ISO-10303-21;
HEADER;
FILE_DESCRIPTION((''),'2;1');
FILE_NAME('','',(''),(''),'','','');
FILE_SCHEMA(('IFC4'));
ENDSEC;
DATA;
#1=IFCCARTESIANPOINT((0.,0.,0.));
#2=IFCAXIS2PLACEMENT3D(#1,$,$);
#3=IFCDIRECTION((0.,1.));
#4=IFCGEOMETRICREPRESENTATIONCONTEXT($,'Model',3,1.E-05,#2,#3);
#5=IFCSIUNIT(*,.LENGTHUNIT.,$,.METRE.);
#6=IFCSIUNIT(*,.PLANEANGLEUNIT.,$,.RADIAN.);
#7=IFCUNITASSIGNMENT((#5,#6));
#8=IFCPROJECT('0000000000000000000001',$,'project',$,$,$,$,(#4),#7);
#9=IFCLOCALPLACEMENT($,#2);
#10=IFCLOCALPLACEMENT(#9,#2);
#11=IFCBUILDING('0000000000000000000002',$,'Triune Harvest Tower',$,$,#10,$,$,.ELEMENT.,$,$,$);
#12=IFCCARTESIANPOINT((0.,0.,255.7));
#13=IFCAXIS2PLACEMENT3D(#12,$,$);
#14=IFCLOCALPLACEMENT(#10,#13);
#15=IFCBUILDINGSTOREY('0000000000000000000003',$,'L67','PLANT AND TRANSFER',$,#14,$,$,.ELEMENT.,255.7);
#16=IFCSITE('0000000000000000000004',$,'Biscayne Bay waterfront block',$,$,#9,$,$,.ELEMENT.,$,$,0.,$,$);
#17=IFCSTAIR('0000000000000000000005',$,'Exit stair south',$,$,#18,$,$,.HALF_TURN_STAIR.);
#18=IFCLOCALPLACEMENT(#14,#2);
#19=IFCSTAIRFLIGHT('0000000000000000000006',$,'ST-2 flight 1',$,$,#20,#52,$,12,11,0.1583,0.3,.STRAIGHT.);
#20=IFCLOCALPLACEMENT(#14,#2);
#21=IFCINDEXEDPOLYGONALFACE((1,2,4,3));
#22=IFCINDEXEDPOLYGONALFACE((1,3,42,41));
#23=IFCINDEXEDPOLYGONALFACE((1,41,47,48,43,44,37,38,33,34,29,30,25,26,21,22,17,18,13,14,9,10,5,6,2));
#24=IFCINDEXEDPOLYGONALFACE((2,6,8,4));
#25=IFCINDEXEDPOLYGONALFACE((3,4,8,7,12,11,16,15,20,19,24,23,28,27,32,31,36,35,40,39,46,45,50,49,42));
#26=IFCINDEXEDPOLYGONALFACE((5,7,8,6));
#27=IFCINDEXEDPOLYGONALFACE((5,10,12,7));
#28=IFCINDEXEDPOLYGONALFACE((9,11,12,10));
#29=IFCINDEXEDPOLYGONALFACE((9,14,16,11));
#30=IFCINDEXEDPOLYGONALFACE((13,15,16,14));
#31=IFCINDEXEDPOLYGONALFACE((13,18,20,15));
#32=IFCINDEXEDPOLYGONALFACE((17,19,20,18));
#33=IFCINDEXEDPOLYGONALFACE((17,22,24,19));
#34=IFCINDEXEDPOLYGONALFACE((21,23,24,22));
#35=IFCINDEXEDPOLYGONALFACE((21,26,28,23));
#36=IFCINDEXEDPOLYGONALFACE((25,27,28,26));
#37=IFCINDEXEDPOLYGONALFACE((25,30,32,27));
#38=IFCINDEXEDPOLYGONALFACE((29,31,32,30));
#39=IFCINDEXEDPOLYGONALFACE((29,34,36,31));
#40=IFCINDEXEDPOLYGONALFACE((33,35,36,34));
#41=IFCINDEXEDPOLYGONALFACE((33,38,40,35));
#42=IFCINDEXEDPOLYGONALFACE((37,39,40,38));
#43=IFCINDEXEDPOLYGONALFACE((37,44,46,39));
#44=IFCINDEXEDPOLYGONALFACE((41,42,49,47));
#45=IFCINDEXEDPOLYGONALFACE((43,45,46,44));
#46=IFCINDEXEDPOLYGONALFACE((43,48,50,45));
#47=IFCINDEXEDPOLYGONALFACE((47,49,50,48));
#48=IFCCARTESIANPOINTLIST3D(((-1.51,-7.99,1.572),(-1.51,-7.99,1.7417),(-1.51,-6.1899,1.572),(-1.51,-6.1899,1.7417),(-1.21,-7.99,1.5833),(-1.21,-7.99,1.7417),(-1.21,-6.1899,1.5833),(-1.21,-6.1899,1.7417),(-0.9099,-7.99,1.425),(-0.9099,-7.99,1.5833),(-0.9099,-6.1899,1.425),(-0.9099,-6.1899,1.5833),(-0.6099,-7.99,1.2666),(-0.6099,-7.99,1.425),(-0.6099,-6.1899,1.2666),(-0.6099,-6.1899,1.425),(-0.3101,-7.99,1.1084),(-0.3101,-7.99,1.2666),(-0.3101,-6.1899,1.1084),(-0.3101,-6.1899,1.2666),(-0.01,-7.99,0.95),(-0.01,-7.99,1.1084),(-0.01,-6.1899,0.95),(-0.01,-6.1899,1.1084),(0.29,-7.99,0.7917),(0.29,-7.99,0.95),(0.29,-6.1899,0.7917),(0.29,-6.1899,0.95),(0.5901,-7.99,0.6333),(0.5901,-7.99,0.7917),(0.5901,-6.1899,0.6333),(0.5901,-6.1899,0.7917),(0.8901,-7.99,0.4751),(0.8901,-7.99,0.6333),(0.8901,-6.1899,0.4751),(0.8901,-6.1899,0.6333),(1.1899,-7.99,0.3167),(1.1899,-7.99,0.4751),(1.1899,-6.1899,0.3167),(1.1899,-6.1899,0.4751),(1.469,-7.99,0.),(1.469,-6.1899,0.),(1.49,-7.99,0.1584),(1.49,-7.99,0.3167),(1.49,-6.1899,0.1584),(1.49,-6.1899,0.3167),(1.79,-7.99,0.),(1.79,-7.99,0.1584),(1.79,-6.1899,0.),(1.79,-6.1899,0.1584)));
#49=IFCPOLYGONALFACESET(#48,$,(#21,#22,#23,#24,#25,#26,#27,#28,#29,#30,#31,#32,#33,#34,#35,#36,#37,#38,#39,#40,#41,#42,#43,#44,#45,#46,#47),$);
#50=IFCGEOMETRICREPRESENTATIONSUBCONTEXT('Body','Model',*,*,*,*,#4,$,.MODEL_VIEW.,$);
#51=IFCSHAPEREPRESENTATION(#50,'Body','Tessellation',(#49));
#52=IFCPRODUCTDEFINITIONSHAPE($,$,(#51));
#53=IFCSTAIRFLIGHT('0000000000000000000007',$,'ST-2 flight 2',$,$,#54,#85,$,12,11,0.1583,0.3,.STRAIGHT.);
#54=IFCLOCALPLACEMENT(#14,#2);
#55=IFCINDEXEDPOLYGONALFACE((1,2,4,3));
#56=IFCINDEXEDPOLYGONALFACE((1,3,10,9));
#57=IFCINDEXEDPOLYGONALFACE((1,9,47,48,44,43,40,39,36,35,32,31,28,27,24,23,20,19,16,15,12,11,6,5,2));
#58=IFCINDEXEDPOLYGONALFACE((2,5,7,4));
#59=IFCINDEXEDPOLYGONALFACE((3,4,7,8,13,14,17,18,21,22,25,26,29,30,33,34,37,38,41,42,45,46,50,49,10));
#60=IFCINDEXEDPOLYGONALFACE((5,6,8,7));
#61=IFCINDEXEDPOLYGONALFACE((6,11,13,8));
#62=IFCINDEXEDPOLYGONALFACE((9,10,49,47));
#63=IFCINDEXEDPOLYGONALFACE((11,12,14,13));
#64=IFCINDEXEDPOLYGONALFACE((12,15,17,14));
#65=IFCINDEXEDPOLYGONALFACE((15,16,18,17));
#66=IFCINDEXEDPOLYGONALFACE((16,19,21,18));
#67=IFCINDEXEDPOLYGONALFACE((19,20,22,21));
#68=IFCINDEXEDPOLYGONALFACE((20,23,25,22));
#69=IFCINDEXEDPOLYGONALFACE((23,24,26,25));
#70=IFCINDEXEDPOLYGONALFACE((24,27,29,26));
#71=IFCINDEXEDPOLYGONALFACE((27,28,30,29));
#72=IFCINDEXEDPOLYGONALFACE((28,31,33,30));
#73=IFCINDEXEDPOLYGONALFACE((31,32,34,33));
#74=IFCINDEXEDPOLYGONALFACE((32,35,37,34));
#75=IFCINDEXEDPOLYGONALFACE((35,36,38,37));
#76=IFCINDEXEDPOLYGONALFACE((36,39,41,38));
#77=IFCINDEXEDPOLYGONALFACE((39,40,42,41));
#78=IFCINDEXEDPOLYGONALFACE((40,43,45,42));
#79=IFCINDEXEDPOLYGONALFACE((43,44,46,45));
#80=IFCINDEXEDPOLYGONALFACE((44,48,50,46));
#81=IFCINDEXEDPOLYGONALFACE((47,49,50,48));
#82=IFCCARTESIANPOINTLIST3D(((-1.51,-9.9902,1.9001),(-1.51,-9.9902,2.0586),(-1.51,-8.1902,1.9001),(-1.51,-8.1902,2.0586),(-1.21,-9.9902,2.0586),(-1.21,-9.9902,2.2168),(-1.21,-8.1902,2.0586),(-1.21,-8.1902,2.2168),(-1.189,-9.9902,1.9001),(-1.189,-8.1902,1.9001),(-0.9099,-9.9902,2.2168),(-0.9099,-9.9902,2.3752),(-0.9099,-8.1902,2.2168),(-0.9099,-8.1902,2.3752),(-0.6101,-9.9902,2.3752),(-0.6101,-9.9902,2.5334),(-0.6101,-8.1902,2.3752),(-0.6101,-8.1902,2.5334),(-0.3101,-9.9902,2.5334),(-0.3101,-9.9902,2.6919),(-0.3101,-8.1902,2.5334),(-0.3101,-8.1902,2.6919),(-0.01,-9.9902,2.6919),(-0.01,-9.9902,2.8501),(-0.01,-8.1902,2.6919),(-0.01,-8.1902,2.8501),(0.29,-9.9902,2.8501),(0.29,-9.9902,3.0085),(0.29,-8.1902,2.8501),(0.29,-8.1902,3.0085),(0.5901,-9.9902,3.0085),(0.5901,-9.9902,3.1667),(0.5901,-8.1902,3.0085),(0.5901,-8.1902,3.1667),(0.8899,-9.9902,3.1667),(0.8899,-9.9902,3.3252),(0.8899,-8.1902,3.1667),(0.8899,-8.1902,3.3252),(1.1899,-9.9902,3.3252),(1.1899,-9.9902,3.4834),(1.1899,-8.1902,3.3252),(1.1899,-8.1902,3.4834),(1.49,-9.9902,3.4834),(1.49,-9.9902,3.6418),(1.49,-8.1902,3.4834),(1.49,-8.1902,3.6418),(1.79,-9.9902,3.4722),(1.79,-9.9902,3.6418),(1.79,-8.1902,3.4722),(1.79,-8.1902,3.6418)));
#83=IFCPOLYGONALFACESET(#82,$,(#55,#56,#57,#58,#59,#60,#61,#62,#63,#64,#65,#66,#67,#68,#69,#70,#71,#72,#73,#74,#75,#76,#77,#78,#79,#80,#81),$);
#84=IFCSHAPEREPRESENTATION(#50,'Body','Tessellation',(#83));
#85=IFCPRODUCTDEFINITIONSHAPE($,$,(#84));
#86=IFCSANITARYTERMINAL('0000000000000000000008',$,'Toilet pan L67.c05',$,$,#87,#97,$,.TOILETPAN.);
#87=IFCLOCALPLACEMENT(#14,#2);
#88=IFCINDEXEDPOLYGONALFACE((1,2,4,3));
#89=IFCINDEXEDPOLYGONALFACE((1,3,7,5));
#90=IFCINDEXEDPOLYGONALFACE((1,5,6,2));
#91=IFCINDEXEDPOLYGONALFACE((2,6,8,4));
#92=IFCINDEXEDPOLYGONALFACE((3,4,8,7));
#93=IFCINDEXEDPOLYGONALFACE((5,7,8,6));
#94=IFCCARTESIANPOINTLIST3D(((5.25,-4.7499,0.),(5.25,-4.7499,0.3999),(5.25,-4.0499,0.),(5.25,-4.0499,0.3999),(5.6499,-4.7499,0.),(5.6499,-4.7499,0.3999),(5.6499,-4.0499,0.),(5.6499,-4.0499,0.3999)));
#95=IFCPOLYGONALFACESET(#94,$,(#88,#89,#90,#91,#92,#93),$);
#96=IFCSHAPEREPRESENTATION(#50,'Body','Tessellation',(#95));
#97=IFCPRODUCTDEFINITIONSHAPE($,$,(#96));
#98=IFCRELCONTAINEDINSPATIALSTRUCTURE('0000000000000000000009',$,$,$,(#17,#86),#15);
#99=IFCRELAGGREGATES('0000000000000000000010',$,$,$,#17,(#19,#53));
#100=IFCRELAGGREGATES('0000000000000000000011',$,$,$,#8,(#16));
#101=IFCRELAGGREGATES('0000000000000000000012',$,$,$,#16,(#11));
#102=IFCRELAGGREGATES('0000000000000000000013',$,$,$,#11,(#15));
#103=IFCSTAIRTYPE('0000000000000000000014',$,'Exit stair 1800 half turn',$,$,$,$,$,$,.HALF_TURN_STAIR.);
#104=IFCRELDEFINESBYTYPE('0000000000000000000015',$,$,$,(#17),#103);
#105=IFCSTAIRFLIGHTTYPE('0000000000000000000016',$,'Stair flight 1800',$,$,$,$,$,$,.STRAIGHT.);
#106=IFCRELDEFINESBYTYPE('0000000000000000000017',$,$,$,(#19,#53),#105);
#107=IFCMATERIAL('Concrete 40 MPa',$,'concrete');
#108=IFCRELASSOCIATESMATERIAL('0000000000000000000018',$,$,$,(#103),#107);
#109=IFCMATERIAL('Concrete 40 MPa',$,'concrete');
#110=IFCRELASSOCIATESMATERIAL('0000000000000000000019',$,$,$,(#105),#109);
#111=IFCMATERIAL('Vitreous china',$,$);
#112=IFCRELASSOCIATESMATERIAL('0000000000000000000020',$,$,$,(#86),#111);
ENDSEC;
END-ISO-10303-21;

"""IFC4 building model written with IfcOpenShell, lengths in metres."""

from ifc_helpers import new_model, si_unit, direction, frame, origin, origin_2d, place, context, subcontext, project, spatial, polyline, rectangle, outline, extrude, source, transform, mapped, material, type_object, element, aggregate, save


model = new_model("IFC4")

# Units and contexts
model_context = context("Model", 3, precision=1e-05, world=origin(), true_north=direction((0.0, 1.0)))
body_context = subcontext(model_context, "Body", "Model", "MODEL_VIEW")
ifc_project = project(units=[si_unit("LENGTHUNIT", "METRE"), si_unit("PLANEANGLEUNIT", "RADIAN")], contexts=[model_context])

# Site, building, storey
site_placement = place(None, origin())
site = spatial("IfcSite", under=ifc_project, at=site_placement, Name="Biscayne Bay waterfront block", CompositionType="ELEMENT", RefElevation=0.0)
building_placement = place(site_placement, origin())
building = spatial("IfcBuilding", under=site, at=building_placement, Name="Triune Harvest Tower", CompositionType="ELEMENT")
storey_placement = place(building_placement, frame((0.0, 0.0, 255.7)))
storey = spatial("IfcBuildingStorey", under=building, at=storey_placement, Name="L67", Description="PLANT AND TRANSFER", CompositionType="ELEMENT", Elevation=255.7)

# Stair, stair flights
ifc_material_1 = material(Name="Concrete 40 MPa", Category="concrete")
stair_type = type_object("IfcStairType", Name="Exit stair 1800 half turn", PredefinedType="HALF_TURN_STAIR", material=ifc_material_1)
stair_placement = place(storey_placement, origin())
stair = element("IfcStair", 1, at=stair_placement, inside=storey, type_object=stair_type, Name="Exit stair south", PredefinedType="HALF_TURN_STAIR")
ifc_material_2 = material(Name="Concrete 40 MPa", Category="concrete")
stair_flight_type = type_object("IfcStairFlightType", Name="Stair flight 1800", PredefinedType="STRAIGHT", material=ifc_material_2)
shared_shape_1 = source(origin(), body_context, "Body", "SweptSolid", [
    extrude(outline(polyline([(0.0, 0.0), (0.0, 0.1584), (0.3, 0.1584), (0.3, 0.3167), (0.6001, 0.3167), (0.6001, 0.4751), (0.8999, 0.4751), (0.8999, 0.6333), (1.2, 0.6333), (1.2, 0.7917), (1.5, 0.7917), (1.5, 0.95), (1.8, 0.95), (1.8, 1.1084), (2.1001, 1.1084), (2.1001, 1.2666), (2.3999, 1.2666), (2.3999, 1.425), (2.7, 1.425), (2.7, 1.5833), (3.0, 1.5833), (3.0, 1.7417), (3.3, 1.7417), (3.3, 1.8999), (3.3, 1.572), (0.321, 0.0), (0.0, 0.0)])), frame((0.0, 0.8999, 0.0), z_axis=(0.0, -1.0, 0.0), x_axis=(1.0, 0.0, 0.0)), (0.0, 0.0, 1.0), 1.8),
])
stair_flight_1_placement = place(storey_placement, frame((1.79, -7.0901, 0.0), z_axis=(0.0, 0.0, 1.0), x_axis=(-1.0, 0.0, 0.0)))
stair_flight_1 = element("IfcStairFlight", 2, at=stair_flight_1_placement, type_object=stair_flight_type, Name="ST-2 flight 1", NumberOfRisers=12, NumberOfTreads=11, PredefinedType="STRAIGHT", RiserHeight=0.1583, TreadLength=0.3, context=body_context, shape_type="MappedRepresentation", body=[
    mapped(shared_shape_1, transform((0.0, 0.0, 0.0), scale=1.0)),
])
stair_flight_2_placement = place(storey_placement, frame((-1.51, -9.0901, 1.9001), z_axis=(0.0, 0.0, 1.0), x_axis=(1.0, 0.0, 0.0)))
stair_flight_2 = element("IfcStairFlight", 3, at=stair_flight_2_placement, type_object=stair_flight_type, Name="ST-2 flight 2", NumberOfRisers=12, NumberOfTreads=11, PredefinedType="STRAIGHT", RiserHeight=0.1583, TreadLength=0.3, context=body_context, shape_type="MappedRepresentation", body=[
    mapped(shared_shape_1, transform((0.0, 0.0, 0.0), scale=1.0)),
])
aggregate(stair, [stair_flight_1, stair_flight_2])

# Sanitary terminal
ifc_material_3 = material(Name="Vitreous china")
shared_shape_2 = source(origin(), body_context, "Body", "SweptSolid", [
    extrude(rectangle(XDim=0.3999, YDim=0.7, at=origin_2d()), origin(), (0.0, 0.0, 1.0), 0.3999),
])
sanitary_terminal_placement = place(storey_placement, frame((5.45, -4.3999, 0.0), z_axis=(0.0, 0.0, 1.0), x_axis=(1.0, 0.0, 0.0)))
element("IfcSanitaryTerminal", 4, at=sanitary_terminal_placement, inside=storey, material=ifc_material_3, Name="Toilet pan L67.c05", PredefinedType="TOILETPAN", context=body_context, shape_type="MappedRepresentation", body=[
    mapped(shared_shape_2, transform((0.0, 0.0, 0.0), scale=1.0)),
])

save(model, "model.ifc")
